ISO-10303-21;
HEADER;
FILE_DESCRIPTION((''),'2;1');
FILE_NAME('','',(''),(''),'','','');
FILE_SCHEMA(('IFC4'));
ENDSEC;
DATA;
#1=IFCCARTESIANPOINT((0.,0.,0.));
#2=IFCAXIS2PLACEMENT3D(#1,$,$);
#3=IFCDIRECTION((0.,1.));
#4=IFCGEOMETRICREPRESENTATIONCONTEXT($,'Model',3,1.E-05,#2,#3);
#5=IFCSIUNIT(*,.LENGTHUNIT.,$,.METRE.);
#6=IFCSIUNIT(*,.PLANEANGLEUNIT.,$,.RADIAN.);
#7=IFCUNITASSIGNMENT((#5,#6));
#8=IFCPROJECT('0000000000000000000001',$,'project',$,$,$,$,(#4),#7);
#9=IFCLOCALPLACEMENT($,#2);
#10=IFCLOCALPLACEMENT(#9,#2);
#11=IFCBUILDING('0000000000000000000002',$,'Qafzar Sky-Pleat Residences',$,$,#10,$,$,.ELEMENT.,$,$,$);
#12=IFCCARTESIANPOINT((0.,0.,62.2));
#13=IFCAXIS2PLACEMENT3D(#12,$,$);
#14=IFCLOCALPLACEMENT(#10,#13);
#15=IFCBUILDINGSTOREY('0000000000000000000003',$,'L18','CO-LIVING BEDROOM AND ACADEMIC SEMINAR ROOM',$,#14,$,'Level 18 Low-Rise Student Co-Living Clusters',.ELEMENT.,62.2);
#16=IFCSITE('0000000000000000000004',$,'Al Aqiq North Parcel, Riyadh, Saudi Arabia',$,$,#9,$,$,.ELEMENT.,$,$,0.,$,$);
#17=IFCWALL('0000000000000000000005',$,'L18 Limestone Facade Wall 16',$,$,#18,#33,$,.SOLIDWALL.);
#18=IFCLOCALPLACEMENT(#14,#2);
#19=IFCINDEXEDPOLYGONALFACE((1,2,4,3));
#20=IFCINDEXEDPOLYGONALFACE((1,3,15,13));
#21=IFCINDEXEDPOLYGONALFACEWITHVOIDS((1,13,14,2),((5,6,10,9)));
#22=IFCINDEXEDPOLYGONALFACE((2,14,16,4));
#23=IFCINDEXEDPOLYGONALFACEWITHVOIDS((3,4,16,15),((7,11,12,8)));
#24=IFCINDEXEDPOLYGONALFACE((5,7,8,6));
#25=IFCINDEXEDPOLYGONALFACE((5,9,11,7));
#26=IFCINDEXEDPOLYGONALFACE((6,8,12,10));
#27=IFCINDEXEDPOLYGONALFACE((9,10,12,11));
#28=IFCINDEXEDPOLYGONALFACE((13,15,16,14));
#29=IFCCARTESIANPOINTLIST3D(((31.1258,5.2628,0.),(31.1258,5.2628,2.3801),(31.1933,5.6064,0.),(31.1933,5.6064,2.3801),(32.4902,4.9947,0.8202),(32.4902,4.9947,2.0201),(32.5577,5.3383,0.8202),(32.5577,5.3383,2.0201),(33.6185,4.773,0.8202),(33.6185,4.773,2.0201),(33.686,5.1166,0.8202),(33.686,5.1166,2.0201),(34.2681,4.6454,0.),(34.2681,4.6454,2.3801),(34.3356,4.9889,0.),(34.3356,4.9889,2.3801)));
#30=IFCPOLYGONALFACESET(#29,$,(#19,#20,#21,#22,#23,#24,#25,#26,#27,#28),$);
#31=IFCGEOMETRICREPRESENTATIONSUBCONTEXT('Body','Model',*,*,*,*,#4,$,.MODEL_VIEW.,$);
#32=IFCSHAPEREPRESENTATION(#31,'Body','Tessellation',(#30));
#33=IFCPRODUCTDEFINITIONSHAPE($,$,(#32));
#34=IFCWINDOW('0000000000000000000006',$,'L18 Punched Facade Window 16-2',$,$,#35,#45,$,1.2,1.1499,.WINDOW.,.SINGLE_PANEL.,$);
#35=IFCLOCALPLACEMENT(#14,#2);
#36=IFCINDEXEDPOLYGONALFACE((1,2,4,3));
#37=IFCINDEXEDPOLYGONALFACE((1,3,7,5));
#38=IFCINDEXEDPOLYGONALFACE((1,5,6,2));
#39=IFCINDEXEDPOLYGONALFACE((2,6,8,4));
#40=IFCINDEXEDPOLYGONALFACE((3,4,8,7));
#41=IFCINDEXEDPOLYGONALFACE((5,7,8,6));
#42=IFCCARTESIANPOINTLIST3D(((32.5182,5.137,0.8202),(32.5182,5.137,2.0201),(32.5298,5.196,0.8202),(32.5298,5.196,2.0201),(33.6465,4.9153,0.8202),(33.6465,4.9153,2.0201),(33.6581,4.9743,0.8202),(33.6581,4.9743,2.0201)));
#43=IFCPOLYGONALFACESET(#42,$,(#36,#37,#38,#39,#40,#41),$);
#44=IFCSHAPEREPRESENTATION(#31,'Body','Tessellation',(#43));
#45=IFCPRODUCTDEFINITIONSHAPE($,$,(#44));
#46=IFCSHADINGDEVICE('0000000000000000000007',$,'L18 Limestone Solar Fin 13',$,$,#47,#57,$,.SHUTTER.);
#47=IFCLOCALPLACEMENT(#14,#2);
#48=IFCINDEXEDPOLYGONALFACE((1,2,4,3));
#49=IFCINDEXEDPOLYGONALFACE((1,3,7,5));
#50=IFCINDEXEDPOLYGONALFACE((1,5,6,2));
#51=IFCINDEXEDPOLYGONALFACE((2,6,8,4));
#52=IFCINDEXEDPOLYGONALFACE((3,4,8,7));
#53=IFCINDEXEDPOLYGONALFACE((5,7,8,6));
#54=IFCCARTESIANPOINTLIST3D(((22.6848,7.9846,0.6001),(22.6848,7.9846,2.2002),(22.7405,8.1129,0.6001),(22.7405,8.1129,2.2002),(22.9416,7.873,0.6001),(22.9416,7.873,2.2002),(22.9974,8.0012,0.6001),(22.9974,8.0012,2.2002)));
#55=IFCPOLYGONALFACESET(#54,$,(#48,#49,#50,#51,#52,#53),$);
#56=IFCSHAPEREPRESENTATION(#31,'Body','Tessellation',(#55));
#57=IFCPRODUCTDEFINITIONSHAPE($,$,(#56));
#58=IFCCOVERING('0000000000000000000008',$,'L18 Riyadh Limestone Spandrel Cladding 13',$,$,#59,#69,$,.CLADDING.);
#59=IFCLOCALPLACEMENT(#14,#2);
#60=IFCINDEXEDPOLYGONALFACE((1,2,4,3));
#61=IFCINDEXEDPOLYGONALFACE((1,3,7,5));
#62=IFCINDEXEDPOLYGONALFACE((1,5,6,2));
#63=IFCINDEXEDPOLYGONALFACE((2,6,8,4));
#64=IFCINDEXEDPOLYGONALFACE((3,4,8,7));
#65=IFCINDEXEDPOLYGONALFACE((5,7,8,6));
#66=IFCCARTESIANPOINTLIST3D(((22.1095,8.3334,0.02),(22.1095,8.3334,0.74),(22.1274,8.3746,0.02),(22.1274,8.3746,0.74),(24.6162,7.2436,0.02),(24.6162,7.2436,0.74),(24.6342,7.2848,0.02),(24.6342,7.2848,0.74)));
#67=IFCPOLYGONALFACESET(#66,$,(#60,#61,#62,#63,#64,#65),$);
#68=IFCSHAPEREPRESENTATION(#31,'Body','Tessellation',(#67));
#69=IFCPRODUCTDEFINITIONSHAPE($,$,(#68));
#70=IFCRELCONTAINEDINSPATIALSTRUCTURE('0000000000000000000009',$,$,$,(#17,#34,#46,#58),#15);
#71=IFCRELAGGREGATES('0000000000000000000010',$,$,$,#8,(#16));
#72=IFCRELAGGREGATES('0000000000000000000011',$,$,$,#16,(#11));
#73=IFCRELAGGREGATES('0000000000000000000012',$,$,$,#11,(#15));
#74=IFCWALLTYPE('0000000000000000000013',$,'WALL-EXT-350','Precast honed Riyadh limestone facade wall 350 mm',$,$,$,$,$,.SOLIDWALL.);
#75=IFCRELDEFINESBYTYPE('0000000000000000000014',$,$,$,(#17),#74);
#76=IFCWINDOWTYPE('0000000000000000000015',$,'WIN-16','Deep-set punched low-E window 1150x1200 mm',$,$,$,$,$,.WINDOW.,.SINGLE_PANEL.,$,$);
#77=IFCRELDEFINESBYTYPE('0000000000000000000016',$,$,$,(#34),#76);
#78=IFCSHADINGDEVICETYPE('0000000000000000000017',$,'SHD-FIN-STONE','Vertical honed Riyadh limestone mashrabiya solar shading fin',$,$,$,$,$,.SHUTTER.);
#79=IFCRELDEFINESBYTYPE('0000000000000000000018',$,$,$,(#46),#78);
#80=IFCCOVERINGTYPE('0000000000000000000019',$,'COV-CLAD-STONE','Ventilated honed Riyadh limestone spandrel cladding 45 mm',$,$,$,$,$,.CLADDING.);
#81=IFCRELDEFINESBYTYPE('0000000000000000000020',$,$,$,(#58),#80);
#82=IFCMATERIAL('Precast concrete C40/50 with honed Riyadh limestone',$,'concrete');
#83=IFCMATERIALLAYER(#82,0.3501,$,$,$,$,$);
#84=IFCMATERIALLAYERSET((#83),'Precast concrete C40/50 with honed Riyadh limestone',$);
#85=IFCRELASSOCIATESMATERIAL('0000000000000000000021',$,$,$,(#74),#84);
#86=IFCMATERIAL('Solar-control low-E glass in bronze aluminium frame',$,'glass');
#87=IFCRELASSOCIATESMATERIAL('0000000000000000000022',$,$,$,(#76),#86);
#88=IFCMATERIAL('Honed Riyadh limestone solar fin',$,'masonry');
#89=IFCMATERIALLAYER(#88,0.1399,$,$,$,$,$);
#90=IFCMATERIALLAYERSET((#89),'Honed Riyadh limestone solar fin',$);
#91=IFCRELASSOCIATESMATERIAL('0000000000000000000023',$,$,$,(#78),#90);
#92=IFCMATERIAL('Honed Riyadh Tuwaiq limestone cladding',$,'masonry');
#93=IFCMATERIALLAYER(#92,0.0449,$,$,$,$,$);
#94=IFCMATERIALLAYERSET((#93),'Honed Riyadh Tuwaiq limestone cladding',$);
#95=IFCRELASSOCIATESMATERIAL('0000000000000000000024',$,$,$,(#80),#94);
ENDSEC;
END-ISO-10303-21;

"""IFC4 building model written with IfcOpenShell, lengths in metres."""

from ifc_helpers import new_model, si_unit, direction, frame, frame_2d, origin, origin_2d, place, context, subcontext, project, spatial, rectangle, extrude, source, transform, mapped, material, layer, layer_set, type_object, element, fill, save


model = new_model("IFC4")

# Units and contexts
model_context = context("Model", 3, precision=1e-05, world=origin(), true_north=direction((0.0, 1.0)))
body_context = subcontext(model_context, "Body", "Model", "MODEL_VIEW")
ifc_project = project(units=[si_unit("LENGTHUNIT", "METRE"), si_unit("PLANEANGLEUNIT", "RADIAN")], contexts=[model_context])

# Site, building, storey
site_placement = place(None, origin())
site = spatial("IfcSite", under=ifc_project, at=site_placement, Name="Al Aqiq North Parcel, Riyadh, Saudi Arabia", CompositionType="ELEMENT", RefElevation=0.0)
building_placement = place(site_placement, origin())
building = spatial("IfcBuilding", under=site, at=building_placement, Name="Qafzar Sky-Pleat Residences", CompositionType="ELEMENT")
storey_placement = place(building_placement, frame((0.0, 0.0, 62.2)))
storey = spatial("IfcBuildingStorey", under=building, at=storey_placement, Name="L18", Description="CO-LIVING BEDROOM AND ACADEMIC SEMINAR ROOM", LongName="Level 18 Low-Rise Student Co-Living Clusters", CompositionType="ELEMENT", Elevation=62.2)

# Shared definitions
ifc_material_1 = material(Name="Precast concrete C40/50 with honed Riyadh limestone", Category="concrete")
ifc_layer_1 = layer(ifc_material_1, 0.3501)
ifc_layer_set_1 = layer_set([ifc_layer_1], Name="Precast concrete C40/50 with honed Riyadh limestone")
wall_type_1 = type_object("IfcWallType", Name="WALL-EXT-350", Description="Precast honed Riyadh limestone facade wall 350 mm", PredefinedType="SOLIDWALL", material=ifc_layer_set_1)
ifc_material_2 = material(Name="Solar-control low-E glass in bronze aluminium frame", Category="glass")

# Shared definitions
window_type_1 = type_object("IfcWindowType", Name="WIN-16", Description="Deep-set punched low-E window 1150x1200 mm", PartitioningType="SINGLE_PANEL", PredefinedType="WINDOW", material=ifc_material_2)
shared_shape_1 = source(origin(), body_context, "Body", "SweptSolid", [
    extrude(rectangle(XDim=1.1499, YDim=1.2, at=frame_2d((0.575, 0.6001))), frame((0.0, 0.03, 0.0), z_axis=(0.0, -1.0, 0.0), x_axis=(1.0, 0.0, 0.0)), (0.0, 0.0, 1.0), 0.0601),
])

# Wall, opening, window
wall_1_placement = place(storey_placement, frame((31.1597, 5.4346, 0.0), z_axis=(0.0, 0.0, 1.0), x_axis=(0.981238, -0.192802, 0.0)))
wall_1 = element("IfcWall", 1, at=wall_1_placement, inside=storey, type_object=wall_type_1, Name="L18 Limestone Facade Wall 16", PredefinedType="SOLIDWALL", context=body_context, shape_type="SweptSolid", body=[
    extrude(rectangle(XDim=3.2024, YDim=0.3501, at=frame_2d((1.6011, 0.0))), origin(), (0.0, 0.0, 1.0), 2.3801),
])
opening_1_placement = place(wall_1_placement, frame((1.3904, 0.0, 0.8201)))
opening_1 = element("IfcOpeningElement", 2, at=opening_1_placement, cuts=wall_1, PredefinedType="OPENING", context=body_context, shape_type="SweptSolid", body=[
    extrude(rectangle(XDim=1.1499, YDim=1.2, at=frame_2d((0.575, 0.6001))), frame((0.0, 0.1851, 0.0), z_axis=(0.0, -1.0, 0.0), x_axis=(1.0, 0.0, 0.0)), (0.0, 0.0, 1.0), 0.3701),
])
window_1_placement = place(opening_1_placement, origin())
window_1 = element("IfcWindow", 3, at=window_1_placement, inside=storey, type_object=window_type_1, Name="L18 Punched Facade Window 16-2", OverallHeight=1.2, OverallWidth=1.1499, PartitioningType="SINGLE_PANEL", PredefinedType="WINDOW", context=body_context, shape_type="MappedRepresentation", body=[
    mapped(shared_shape_1, transform((0.0, 0.0, 0.0), x_axis=(1.0, 0.0, 0.0), y_axis=(0.0, 1.0, 0.0), z_axis=(0.0, 0.0, 1.0), scale=1.0)),
])
fill(opening_1, window_1)

# Shading device
ifc_material_3 = material(Name="Honed Riyadh limestone solar fin", Category="masonry")
ifc_layer_2 = layer(ifc_material_3, 0.1399)
ifc_layer_set_2 = layer_set([ifc_layer_2], Name="Honed Riyadh limestone solar fin")
shading_device_type = type_object("IfcShadingDeviceType", Name="SHD-FIN-STONE", Description="Vertical honed Riyadh limestone mashrabiya solar shading fin", PredefinedType="SHUTTER", material=ifc_layer_set_2)
shared_shape_2 = source(origin(), body_context, "Body", "SweptSolid", [
    extrude(rectangle(XDim=0.1399, YDim=0.28, at=origin_2d()), origin(), (0.0, 0.0, 1.0), 1.6001),
])
shading_device_placement = place(storey_placement, frame((22.8411, 7.9929, 0.6001), z_axis=(0.0, 0.0, 1.0), x_axis=(-0.398681, -0.91709, 0.0)))
element("IfcShadingDevice", 4, at=shading_device_placement, inside=storey, type_object=shading_device_type, Name="L18 Limestone Solar Fin 13", PredefinedType="SHUTTER", context=body_context, shape_type="MappedRepresentation", body=[
    mapped(shared_shape_2, transform((0.0, 0.0, 0.0), x_axis=(1.0, 0.0, 0.0), y_axis=(0.0, 1.0, 0.0), z_axis=(0.0, 0.0, 1.0), scale=1.0)),
])

# Covering
ifc_material_4 = material(Name="Honed Riyadh Tuwaiq limestone cladding", Category="masonry")
ifc_layer_3 = layer(ifc_material_4, 0.0449)
ifc_layer_set_3 = layer_set([ifc_layer_3], Name="Honed Riyadh Tuwaiq limestone cladding")
covering_type = type_object("IfcCoveringType", Name="COV-CLAD-STONE", Description="Ventilated honed Riyadh limestone spandrel cladding 45 mm", PredefinedType="CLADDING", material=ifc_layer_set_3)
shared_shape_3 = source(origin(), body_context, "Body", "SweptSolid", [
    extrude(rectangle(XDim=2.7334, YDim=0.0449, at=origin_2d()), origin(), (0.0, 0.0, 1.0), 0.72),
])
covering_placement = place(storey_placement, frame((23.3718, 7.8091, 0.02), z_axis=(0.0, 0.0, 1.0), x_axis=(0.917082, -0.398698, 0.0)))
element("IfcCovering", 5, at=covering_placement, inside=storey, type_object=covering_type, Name="L18 Riyadh Limestone Spandrel Cladding 13", PredefinedType="CLADDING", context=body_context, shape_type="MappedRepresentation", body=[
    mapped(shared_shape_3, transform((0.0, 0.0, 0.0), x_axis=(1.0, 0.0, 0.0), y_axis=(0.0, 1.0, 0.0), z_axis=(0.0, 0.0, 1.0), scale=1.0)),
])

save(model, "model.ifc")
